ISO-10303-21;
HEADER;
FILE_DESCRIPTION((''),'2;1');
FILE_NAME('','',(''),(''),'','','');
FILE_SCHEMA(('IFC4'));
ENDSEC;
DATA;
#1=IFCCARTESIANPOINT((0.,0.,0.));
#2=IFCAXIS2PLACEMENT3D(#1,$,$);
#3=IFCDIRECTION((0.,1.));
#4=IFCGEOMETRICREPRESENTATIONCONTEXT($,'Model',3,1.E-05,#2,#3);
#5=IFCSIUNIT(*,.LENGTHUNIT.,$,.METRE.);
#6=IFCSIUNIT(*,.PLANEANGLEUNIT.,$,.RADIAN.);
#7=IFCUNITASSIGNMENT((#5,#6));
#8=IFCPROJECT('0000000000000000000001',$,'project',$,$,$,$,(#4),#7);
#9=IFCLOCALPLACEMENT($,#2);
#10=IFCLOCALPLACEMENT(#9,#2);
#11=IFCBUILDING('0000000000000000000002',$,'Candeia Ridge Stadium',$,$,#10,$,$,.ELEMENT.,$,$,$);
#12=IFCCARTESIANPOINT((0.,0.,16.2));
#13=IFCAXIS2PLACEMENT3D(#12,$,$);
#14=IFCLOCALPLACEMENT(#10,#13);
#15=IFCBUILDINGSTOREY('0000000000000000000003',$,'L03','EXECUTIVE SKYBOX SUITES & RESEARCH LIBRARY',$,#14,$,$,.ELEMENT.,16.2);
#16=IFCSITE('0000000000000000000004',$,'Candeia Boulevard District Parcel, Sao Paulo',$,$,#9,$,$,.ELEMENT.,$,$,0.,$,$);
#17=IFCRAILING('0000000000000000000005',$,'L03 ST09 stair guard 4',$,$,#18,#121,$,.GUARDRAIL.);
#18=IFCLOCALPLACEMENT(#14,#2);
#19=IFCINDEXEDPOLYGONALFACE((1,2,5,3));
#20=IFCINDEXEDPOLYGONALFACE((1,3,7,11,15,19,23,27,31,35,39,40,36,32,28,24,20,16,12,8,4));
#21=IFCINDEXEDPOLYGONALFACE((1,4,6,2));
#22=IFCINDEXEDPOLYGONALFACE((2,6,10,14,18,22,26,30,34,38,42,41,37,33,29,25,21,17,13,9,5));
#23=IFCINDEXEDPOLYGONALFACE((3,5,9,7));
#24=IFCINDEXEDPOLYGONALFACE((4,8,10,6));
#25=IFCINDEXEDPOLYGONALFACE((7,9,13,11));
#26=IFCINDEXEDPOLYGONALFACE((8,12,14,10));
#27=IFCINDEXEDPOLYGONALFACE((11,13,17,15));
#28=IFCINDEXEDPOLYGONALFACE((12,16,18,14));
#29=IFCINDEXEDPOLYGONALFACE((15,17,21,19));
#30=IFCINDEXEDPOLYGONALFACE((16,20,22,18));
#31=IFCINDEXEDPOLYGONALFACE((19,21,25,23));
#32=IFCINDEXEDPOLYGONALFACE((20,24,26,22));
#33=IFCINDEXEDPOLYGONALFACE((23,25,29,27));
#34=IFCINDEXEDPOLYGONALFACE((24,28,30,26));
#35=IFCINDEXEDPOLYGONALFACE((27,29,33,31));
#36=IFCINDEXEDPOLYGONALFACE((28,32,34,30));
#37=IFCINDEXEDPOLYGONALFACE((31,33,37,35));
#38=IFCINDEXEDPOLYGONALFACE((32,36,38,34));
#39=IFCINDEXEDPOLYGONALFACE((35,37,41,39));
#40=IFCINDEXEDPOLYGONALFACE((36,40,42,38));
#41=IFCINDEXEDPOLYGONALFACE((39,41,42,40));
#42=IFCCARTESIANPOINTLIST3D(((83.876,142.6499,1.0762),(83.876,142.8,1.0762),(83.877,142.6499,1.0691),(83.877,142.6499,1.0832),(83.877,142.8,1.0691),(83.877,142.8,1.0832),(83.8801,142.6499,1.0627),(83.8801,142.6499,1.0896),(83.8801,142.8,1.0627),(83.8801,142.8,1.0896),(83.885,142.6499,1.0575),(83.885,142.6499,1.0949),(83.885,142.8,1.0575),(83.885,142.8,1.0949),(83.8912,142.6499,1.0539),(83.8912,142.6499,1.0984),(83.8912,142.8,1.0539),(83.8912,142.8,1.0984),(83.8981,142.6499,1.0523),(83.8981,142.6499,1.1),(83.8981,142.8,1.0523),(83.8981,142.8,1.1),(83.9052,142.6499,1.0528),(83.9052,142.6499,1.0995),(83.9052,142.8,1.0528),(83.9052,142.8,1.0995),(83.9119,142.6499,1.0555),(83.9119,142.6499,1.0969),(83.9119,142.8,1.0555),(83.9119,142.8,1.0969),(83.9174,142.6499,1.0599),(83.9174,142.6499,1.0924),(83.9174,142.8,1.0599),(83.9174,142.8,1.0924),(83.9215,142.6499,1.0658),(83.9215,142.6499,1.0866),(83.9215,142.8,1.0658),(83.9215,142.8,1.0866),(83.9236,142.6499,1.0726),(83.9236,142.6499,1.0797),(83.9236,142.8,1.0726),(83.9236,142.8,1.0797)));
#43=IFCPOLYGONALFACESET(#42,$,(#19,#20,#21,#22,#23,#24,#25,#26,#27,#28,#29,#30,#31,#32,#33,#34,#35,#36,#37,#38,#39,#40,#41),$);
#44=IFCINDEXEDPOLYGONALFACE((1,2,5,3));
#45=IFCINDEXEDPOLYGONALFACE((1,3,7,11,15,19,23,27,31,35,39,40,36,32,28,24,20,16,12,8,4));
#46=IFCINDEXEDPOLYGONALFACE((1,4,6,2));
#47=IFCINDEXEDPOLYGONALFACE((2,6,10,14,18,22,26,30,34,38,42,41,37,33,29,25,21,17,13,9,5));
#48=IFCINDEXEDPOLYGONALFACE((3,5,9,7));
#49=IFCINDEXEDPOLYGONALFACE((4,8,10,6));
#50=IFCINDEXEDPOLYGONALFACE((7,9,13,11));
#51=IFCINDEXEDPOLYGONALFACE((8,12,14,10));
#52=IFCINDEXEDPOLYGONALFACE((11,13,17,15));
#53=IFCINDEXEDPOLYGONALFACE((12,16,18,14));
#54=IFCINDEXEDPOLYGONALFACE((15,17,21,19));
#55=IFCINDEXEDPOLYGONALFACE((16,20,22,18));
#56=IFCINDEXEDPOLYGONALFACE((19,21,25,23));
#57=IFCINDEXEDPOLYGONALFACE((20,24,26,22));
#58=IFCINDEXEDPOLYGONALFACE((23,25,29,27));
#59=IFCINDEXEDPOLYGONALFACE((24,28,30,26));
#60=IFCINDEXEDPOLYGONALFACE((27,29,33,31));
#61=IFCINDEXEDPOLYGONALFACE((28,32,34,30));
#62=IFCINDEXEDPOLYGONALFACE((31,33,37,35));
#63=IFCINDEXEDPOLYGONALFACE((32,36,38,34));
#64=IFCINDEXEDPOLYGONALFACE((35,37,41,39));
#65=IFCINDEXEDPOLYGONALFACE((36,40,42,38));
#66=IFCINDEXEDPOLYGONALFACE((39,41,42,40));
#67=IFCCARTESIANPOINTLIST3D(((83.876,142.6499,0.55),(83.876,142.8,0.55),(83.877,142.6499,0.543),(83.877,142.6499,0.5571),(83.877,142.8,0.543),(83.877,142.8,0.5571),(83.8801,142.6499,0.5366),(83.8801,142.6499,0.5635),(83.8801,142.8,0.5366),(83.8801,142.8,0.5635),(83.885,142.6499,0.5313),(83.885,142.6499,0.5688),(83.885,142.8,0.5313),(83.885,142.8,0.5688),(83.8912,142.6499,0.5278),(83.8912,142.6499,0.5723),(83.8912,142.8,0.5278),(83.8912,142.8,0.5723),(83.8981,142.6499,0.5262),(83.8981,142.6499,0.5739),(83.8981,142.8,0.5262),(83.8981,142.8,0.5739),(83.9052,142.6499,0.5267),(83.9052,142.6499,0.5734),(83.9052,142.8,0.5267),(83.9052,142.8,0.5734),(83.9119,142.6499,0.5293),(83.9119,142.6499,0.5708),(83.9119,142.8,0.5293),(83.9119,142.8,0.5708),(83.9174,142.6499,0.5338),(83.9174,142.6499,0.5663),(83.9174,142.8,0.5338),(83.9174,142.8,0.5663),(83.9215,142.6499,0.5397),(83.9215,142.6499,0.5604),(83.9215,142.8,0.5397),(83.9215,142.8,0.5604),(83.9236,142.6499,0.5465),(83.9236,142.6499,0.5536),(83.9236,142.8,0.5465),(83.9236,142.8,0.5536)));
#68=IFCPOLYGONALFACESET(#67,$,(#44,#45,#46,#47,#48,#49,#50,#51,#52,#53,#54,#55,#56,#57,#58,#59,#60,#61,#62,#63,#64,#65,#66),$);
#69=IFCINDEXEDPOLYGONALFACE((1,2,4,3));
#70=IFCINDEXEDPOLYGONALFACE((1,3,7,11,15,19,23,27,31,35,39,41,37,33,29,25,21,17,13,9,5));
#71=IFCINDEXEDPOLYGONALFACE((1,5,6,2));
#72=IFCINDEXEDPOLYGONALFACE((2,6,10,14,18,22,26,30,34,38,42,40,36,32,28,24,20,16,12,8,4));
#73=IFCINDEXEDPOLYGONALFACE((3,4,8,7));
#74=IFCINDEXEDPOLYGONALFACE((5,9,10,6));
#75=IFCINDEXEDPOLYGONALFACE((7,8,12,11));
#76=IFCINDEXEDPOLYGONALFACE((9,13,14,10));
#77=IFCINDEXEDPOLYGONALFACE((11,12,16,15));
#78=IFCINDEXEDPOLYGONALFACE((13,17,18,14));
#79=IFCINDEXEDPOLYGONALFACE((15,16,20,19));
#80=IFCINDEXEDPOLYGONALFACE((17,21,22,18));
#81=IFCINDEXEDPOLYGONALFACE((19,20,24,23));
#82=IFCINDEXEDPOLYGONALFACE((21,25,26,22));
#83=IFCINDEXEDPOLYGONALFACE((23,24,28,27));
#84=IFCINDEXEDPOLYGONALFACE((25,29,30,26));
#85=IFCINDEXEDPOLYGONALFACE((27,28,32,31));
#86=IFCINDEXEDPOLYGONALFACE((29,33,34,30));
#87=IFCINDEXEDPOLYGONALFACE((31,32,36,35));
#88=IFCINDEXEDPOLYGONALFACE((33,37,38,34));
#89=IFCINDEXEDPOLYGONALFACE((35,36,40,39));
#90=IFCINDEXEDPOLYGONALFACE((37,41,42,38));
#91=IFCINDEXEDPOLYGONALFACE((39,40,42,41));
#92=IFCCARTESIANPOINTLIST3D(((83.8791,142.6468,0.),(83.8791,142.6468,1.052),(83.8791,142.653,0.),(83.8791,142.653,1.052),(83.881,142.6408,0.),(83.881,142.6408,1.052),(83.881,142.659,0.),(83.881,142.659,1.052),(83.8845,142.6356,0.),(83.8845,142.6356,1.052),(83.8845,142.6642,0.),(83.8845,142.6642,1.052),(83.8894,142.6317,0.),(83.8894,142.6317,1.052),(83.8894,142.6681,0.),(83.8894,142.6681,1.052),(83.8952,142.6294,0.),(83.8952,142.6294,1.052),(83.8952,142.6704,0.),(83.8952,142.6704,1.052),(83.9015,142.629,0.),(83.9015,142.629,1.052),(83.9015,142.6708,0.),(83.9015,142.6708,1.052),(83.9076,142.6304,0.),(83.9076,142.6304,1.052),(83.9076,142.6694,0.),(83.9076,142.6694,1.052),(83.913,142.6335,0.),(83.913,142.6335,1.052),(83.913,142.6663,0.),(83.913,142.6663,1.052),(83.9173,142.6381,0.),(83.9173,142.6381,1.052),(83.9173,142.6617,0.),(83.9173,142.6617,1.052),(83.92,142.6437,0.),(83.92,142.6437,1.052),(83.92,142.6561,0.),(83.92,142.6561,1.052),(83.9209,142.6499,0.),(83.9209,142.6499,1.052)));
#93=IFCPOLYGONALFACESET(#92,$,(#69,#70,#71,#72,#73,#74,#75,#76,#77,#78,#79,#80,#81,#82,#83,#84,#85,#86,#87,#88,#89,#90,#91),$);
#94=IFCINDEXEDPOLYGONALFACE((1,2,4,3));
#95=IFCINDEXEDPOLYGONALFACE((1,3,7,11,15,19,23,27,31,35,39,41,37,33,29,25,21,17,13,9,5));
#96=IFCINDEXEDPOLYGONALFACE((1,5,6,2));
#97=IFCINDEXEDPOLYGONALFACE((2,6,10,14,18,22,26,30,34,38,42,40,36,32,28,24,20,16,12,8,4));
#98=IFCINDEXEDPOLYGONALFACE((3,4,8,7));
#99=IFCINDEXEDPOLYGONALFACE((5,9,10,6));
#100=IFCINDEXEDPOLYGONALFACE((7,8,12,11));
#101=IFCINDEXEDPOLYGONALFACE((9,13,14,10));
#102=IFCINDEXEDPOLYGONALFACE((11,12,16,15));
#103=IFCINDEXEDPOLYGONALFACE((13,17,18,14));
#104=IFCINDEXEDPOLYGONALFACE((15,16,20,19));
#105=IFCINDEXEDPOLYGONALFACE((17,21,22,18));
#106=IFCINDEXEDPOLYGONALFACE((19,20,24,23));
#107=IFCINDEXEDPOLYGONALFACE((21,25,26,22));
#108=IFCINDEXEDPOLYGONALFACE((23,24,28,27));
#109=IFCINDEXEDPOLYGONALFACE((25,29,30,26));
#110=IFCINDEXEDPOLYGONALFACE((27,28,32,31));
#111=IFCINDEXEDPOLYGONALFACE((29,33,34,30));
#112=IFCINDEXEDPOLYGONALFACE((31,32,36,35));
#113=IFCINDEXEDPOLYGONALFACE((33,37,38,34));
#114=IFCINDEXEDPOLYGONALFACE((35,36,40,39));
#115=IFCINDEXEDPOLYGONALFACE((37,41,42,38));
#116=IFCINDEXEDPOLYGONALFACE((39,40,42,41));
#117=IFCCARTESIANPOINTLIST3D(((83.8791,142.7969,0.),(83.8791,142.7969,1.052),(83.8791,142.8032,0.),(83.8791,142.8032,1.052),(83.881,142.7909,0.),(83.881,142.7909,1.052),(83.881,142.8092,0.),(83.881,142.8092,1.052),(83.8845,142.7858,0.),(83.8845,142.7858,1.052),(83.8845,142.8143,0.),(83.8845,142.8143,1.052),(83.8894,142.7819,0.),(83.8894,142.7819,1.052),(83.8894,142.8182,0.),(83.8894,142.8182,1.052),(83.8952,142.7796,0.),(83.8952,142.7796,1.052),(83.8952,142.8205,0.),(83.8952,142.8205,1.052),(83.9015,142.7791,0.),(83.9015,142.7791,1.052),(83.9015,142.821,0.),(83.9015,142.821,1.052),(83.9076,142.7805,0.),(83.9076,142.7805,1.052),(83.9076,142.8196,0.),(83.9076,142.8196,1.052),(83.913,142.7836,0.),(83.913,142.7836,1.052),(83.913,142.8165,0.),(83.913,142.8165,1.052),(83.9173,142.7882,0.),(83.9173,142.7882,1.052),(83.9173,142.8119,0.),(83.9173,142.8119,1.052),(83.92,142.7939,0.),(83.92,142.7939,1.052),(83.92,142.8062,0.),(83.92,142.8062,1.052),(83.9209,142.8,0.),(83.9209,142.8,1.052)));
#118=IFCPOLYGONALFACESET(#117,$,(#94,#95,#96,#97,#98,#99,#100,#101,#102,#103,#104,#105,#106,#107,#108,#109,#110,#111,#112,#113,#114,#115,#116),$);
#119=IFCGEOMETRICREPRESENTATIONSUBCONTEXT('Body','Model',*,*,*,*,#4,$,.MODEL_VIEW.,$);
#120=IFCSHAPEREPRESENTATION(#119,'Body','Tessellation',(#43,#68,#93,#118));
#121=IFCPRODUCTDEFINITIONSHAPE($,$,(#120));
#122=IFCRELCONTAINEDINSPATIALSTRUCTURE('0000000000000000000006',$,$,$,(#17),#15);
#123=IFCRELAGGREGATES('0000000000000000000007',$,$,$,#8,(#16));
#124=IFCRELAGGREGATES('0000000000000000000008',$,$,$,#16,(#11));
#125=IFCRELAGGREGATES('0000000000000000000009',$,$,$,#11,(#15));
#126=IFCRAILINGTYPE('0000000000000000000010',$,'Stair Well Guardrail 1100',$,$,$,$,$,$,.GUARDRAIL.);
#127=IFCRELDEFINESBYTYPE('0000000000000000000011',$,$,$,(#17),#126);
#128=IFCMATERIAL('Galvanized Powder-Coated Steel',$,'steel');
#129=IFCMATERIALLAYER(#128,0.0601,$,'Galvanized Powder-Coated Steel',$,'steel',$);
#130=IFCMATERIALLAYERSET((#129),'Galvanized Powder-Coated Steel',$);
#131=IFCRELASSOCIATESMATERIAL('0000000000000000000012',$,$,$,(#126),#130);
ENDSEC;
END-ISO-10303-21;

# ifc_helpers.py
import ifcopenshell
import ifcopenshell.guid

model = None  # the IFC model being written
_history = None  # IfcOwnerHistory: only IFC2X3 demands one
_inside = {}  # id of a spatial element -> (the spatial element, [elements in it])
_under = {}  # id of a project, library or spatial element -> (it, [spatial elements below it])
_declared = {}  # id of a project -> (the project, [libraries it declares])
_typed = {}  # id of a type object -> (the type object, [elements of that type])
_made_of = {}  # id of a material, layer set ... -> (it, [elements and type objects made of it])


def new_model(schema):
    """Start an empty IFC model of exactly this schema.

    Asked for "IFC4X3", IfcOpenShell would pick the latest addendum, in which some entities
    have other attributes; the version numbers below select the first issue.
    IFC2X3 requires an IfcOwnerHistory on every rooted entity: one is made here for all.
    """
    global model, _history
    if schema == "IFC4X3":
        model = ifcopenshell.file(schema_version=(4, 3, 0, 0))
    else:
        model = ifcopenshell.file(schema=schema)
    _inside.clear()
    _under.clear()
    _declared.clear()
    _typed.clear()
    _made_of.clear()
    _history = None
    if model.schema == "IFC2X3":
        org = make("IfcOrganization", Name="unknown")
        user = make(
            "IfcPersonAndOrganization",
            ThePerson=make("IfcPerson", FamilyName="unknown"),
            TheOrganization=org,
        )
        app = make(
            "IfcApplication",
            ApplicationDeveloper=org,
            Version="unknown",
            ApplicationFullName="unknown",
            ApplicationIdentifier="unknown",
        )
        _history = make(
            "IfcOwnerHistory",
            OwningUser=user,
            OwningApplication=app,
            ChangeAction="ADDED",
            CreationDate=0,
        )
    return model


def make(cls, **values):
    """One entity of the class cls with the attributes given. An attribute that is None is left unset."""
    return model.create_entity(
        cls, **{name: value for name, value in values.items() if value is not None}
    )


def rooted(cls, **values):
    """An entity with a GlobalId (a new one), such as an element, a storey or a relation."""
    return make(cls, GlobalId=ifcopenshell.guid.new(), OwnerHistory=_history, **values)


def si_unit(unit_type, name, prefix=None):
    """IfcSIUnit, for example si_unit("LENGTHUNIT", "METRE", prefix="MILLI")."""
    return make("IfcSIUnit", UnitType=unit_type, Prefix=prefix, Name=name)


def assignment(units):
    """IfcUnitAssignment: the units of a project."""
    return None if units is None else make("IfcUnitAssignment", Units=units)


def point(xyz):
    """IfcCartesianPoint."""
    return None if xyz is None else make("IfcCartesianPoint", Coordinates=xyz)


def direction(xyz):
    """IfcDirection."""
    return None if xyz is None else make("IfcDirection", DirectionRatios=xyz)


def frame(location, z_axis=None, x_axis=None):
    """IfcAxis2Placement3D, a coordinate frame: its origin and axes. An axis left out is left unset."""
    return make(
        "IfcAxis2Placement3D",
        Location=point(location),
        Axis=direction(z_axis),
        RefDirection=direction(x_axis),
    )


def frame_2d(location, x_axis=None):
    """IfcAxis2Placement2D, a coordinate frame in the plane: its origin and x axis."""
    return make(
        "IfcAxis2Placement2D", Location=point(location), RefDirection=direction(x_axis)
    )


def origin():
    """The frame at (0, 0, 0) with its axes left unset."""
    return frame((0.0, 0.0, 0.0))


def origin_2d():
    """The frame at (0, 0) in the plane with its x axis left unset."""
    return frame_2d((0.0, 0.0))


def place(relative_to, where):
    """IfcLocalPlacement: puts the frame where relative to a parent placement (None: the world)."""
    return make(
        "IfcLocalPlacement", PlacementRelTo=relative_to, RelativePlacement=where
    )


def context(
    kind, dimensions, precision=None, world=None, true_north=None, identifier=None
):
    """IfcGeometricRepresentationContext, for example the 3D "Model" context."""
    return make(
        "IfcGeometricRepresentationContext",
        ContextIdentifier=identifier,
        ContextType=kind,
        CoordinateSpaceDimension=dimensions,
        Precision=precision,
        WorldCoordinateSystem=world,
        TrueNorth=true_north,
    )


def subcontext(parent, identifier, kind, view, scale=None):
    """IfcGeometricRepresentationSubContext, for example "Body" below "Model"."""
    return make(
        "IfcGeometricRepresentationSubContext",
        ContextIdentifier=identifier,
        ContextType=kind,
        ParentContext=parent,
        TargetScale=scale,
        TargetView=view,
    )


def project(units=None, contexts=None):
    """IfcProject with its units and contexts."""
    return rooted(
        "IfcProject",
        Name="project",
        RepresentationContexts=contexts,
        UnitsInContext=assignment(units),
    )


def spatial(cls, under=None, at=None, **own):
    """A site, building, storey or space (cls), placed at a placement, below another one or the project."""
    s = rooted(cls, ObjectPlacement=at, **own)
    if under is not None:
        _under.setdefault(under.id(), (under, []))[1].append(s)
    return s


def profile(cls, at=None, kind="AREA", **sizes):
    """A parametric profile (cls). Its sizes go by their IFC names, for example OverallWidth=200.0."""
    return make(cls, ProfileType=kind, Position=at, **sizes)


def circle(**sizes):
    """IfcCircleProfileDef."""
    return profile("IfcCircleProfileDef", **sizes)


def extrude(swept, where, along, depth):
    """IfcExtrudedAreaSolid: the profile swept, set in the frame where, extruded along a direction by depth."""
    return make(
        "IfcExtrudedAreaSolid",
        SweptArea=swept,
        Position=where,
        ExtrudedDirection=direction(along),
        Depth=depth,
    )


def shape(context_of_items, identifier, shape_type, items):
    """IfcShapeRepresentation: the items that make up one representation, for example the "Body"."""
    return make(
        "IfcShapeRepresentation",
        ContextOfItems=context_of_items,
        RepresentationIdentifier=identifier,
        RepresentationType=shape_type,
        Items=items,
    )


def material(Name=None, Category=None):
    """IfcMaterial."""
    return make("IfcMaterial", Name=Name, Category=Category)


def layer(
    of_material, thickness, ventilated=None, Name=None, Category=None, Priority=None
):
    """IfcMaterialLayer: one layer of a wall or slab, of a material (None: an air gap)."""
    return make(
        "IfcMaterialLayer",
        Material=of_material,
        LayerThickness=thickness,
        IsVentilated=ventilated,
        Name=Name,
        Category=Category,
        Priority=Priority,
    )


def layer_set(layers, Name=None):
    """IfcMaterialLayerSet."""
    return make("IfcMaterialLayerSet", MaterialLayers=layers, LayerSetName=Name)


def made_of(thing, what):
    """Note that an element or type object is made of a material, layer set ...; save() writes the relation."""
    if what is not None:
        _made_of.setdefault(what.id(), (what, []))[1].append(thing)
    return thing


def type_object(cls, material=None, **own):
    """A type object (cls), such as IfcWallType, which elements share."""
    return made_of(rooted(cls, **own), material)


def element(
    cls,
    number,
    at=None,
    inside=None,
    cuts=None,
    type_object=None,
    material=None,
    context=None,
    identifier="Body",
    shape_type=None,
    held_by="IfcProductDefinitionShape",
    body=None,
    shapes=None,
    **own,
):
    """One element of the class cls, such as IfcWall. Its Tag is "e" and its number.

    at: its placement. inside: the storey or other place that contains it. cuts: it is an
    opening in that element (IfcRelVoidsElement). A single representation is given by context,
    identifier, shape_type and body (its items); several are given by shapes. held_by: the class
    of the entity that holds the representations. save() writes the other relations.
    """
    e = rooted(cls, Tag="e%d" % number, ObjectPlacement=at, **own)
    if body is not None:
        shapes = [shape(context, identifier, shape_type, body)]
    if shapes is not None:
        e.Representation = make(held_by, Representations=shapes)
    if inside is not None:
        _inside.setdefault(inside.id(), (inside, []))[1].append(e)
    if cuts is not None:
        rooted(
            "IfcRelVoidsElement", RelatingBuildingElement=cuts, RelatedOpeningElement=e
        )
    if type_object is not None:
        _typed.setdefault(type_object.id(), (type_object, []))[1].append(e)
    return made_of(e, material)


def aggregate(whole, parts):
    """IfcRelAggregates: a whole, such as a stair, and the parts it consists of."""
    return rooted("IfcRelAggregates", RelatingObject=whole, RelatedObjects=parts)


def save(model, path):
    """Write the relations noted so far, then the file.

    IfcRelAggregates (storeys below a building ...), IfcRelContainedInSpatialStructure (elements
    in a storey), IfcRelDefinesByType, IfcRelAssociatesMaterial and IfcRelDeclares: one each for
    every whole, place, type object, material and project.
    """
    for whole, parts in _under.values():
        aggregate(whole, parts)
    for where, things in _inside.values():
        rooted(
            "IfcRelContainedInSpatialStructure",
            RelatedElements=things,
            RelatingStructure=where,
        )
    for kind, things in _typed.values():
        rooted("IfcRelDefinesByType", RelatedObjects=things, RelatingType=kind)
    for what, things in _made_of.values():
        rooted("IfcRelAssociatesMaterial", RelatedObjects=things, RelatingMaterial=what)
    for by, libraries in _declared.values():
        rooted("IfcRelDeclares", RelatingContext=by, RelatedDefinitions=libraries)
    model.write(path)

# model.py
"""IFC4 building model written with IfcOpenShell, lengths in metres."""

from ifc_helpers import new_model, si_unit, direction, frame, origin, origin_2d, place, context, subcontext, project, spatial, circle, extrude, material, layer, layer_set, type_object, element, save


model = new_model("IFC4")

# Units and contexts
model_context = context("Model", 3, precision=1e-05, world=origin(), true_north=direction((0.0, 1.0)))
body_context = subcontext(model_context, "Body", "Model", "MODEL_VIEW")
ifc_project = project(units=[si_unit("LENGTHUNIT", "METRE"), si_unit("PLANEANGLEUNIT", "RADIAN")], contexts=[model_context])

# Site, building, storey
site_placement = place(None, origin())
site = spatial("IfcSite", under=ifc_project, at=site_placement, Name="Candeia Boulevard District Parcel, Sao Paulo", CompositionType="ELEMENT", RefElevation=0.0)
building_placement = place(site_placement, origin())
building = spatial("IfcBuilding", under=site, at=building_placement, Name="Candeia Ridge Stadium", CompositionType="ELEMENT")
storey_placement = place(building_placement, frame((0.0, 0.0, 16.2)))
storey = spatial("IfcBuildingStorey", under=building, at=storey_placement, Name="L03", Description="EXECUTIVE SKYBOX SUITES & RESEARCH LIBRARY", CompositionType="ELEMENT", Elevation=16.2)

# Railing
ifc_material_1 = material(Name="Galvanized Powder-Coated Steel", Category="steel")
ifc_layer_1 = layer(ifc_material_1, 0.0601, Name="Galvanized Powder-Coated Steel", Category="steel")
ifc_layer_set_1 = layer_set([ifc_layer_1], Name="Galvanized Powder-Coated Steel")
railing_type_1 = type_object("IfcRailingType", Name="Stair Well Guardrail 1100", PredefinedType="GUARDRAIL", material=ifc_layer_set_1)
railing_1_placement = place(storey_placement, frame((83.8999, 142.6499, 0.0)))
element("IfcRailing", 1, at=railing_1_placement, inside=storey, type_object=railing_type_1, Name="L03 ST09 stair guard 4", PredefinedType="GUARDRAIL", context=body_context, shape_type="SweptSolid", body=[
    extrude(circle(Radius=0.0239, at=origin_2d()), frame((0.0, 0.0, 1.0762), z_axis=(0.0, 1.0, 0.0), x_axis=(-1.0, 0.0, 0.0)), (0.0, 0.0, 1.0), 0.1501),
    extrude(circle(Radius=0.0239, at=origin_2d()), frame((0.0, 0.0, 0.55), z_axis=(0.0, 1.0, 0.0), x_axis=(-1.0, 0.0, 0.0)), (0.0, 0.0, 1.0), 0.1501),
    extrude(circle(Radius=0.021, at=origin_2d()), origin(), (0.0, 0.0, 1.0), 1.052),
    extrude(circle(Radius=0.021, at=origin_2d()), frame((0.0, 0.1501, 0.0)), (0.0, 0.0, 1.0), 1.052),
])

save(model, "model.ifc")
